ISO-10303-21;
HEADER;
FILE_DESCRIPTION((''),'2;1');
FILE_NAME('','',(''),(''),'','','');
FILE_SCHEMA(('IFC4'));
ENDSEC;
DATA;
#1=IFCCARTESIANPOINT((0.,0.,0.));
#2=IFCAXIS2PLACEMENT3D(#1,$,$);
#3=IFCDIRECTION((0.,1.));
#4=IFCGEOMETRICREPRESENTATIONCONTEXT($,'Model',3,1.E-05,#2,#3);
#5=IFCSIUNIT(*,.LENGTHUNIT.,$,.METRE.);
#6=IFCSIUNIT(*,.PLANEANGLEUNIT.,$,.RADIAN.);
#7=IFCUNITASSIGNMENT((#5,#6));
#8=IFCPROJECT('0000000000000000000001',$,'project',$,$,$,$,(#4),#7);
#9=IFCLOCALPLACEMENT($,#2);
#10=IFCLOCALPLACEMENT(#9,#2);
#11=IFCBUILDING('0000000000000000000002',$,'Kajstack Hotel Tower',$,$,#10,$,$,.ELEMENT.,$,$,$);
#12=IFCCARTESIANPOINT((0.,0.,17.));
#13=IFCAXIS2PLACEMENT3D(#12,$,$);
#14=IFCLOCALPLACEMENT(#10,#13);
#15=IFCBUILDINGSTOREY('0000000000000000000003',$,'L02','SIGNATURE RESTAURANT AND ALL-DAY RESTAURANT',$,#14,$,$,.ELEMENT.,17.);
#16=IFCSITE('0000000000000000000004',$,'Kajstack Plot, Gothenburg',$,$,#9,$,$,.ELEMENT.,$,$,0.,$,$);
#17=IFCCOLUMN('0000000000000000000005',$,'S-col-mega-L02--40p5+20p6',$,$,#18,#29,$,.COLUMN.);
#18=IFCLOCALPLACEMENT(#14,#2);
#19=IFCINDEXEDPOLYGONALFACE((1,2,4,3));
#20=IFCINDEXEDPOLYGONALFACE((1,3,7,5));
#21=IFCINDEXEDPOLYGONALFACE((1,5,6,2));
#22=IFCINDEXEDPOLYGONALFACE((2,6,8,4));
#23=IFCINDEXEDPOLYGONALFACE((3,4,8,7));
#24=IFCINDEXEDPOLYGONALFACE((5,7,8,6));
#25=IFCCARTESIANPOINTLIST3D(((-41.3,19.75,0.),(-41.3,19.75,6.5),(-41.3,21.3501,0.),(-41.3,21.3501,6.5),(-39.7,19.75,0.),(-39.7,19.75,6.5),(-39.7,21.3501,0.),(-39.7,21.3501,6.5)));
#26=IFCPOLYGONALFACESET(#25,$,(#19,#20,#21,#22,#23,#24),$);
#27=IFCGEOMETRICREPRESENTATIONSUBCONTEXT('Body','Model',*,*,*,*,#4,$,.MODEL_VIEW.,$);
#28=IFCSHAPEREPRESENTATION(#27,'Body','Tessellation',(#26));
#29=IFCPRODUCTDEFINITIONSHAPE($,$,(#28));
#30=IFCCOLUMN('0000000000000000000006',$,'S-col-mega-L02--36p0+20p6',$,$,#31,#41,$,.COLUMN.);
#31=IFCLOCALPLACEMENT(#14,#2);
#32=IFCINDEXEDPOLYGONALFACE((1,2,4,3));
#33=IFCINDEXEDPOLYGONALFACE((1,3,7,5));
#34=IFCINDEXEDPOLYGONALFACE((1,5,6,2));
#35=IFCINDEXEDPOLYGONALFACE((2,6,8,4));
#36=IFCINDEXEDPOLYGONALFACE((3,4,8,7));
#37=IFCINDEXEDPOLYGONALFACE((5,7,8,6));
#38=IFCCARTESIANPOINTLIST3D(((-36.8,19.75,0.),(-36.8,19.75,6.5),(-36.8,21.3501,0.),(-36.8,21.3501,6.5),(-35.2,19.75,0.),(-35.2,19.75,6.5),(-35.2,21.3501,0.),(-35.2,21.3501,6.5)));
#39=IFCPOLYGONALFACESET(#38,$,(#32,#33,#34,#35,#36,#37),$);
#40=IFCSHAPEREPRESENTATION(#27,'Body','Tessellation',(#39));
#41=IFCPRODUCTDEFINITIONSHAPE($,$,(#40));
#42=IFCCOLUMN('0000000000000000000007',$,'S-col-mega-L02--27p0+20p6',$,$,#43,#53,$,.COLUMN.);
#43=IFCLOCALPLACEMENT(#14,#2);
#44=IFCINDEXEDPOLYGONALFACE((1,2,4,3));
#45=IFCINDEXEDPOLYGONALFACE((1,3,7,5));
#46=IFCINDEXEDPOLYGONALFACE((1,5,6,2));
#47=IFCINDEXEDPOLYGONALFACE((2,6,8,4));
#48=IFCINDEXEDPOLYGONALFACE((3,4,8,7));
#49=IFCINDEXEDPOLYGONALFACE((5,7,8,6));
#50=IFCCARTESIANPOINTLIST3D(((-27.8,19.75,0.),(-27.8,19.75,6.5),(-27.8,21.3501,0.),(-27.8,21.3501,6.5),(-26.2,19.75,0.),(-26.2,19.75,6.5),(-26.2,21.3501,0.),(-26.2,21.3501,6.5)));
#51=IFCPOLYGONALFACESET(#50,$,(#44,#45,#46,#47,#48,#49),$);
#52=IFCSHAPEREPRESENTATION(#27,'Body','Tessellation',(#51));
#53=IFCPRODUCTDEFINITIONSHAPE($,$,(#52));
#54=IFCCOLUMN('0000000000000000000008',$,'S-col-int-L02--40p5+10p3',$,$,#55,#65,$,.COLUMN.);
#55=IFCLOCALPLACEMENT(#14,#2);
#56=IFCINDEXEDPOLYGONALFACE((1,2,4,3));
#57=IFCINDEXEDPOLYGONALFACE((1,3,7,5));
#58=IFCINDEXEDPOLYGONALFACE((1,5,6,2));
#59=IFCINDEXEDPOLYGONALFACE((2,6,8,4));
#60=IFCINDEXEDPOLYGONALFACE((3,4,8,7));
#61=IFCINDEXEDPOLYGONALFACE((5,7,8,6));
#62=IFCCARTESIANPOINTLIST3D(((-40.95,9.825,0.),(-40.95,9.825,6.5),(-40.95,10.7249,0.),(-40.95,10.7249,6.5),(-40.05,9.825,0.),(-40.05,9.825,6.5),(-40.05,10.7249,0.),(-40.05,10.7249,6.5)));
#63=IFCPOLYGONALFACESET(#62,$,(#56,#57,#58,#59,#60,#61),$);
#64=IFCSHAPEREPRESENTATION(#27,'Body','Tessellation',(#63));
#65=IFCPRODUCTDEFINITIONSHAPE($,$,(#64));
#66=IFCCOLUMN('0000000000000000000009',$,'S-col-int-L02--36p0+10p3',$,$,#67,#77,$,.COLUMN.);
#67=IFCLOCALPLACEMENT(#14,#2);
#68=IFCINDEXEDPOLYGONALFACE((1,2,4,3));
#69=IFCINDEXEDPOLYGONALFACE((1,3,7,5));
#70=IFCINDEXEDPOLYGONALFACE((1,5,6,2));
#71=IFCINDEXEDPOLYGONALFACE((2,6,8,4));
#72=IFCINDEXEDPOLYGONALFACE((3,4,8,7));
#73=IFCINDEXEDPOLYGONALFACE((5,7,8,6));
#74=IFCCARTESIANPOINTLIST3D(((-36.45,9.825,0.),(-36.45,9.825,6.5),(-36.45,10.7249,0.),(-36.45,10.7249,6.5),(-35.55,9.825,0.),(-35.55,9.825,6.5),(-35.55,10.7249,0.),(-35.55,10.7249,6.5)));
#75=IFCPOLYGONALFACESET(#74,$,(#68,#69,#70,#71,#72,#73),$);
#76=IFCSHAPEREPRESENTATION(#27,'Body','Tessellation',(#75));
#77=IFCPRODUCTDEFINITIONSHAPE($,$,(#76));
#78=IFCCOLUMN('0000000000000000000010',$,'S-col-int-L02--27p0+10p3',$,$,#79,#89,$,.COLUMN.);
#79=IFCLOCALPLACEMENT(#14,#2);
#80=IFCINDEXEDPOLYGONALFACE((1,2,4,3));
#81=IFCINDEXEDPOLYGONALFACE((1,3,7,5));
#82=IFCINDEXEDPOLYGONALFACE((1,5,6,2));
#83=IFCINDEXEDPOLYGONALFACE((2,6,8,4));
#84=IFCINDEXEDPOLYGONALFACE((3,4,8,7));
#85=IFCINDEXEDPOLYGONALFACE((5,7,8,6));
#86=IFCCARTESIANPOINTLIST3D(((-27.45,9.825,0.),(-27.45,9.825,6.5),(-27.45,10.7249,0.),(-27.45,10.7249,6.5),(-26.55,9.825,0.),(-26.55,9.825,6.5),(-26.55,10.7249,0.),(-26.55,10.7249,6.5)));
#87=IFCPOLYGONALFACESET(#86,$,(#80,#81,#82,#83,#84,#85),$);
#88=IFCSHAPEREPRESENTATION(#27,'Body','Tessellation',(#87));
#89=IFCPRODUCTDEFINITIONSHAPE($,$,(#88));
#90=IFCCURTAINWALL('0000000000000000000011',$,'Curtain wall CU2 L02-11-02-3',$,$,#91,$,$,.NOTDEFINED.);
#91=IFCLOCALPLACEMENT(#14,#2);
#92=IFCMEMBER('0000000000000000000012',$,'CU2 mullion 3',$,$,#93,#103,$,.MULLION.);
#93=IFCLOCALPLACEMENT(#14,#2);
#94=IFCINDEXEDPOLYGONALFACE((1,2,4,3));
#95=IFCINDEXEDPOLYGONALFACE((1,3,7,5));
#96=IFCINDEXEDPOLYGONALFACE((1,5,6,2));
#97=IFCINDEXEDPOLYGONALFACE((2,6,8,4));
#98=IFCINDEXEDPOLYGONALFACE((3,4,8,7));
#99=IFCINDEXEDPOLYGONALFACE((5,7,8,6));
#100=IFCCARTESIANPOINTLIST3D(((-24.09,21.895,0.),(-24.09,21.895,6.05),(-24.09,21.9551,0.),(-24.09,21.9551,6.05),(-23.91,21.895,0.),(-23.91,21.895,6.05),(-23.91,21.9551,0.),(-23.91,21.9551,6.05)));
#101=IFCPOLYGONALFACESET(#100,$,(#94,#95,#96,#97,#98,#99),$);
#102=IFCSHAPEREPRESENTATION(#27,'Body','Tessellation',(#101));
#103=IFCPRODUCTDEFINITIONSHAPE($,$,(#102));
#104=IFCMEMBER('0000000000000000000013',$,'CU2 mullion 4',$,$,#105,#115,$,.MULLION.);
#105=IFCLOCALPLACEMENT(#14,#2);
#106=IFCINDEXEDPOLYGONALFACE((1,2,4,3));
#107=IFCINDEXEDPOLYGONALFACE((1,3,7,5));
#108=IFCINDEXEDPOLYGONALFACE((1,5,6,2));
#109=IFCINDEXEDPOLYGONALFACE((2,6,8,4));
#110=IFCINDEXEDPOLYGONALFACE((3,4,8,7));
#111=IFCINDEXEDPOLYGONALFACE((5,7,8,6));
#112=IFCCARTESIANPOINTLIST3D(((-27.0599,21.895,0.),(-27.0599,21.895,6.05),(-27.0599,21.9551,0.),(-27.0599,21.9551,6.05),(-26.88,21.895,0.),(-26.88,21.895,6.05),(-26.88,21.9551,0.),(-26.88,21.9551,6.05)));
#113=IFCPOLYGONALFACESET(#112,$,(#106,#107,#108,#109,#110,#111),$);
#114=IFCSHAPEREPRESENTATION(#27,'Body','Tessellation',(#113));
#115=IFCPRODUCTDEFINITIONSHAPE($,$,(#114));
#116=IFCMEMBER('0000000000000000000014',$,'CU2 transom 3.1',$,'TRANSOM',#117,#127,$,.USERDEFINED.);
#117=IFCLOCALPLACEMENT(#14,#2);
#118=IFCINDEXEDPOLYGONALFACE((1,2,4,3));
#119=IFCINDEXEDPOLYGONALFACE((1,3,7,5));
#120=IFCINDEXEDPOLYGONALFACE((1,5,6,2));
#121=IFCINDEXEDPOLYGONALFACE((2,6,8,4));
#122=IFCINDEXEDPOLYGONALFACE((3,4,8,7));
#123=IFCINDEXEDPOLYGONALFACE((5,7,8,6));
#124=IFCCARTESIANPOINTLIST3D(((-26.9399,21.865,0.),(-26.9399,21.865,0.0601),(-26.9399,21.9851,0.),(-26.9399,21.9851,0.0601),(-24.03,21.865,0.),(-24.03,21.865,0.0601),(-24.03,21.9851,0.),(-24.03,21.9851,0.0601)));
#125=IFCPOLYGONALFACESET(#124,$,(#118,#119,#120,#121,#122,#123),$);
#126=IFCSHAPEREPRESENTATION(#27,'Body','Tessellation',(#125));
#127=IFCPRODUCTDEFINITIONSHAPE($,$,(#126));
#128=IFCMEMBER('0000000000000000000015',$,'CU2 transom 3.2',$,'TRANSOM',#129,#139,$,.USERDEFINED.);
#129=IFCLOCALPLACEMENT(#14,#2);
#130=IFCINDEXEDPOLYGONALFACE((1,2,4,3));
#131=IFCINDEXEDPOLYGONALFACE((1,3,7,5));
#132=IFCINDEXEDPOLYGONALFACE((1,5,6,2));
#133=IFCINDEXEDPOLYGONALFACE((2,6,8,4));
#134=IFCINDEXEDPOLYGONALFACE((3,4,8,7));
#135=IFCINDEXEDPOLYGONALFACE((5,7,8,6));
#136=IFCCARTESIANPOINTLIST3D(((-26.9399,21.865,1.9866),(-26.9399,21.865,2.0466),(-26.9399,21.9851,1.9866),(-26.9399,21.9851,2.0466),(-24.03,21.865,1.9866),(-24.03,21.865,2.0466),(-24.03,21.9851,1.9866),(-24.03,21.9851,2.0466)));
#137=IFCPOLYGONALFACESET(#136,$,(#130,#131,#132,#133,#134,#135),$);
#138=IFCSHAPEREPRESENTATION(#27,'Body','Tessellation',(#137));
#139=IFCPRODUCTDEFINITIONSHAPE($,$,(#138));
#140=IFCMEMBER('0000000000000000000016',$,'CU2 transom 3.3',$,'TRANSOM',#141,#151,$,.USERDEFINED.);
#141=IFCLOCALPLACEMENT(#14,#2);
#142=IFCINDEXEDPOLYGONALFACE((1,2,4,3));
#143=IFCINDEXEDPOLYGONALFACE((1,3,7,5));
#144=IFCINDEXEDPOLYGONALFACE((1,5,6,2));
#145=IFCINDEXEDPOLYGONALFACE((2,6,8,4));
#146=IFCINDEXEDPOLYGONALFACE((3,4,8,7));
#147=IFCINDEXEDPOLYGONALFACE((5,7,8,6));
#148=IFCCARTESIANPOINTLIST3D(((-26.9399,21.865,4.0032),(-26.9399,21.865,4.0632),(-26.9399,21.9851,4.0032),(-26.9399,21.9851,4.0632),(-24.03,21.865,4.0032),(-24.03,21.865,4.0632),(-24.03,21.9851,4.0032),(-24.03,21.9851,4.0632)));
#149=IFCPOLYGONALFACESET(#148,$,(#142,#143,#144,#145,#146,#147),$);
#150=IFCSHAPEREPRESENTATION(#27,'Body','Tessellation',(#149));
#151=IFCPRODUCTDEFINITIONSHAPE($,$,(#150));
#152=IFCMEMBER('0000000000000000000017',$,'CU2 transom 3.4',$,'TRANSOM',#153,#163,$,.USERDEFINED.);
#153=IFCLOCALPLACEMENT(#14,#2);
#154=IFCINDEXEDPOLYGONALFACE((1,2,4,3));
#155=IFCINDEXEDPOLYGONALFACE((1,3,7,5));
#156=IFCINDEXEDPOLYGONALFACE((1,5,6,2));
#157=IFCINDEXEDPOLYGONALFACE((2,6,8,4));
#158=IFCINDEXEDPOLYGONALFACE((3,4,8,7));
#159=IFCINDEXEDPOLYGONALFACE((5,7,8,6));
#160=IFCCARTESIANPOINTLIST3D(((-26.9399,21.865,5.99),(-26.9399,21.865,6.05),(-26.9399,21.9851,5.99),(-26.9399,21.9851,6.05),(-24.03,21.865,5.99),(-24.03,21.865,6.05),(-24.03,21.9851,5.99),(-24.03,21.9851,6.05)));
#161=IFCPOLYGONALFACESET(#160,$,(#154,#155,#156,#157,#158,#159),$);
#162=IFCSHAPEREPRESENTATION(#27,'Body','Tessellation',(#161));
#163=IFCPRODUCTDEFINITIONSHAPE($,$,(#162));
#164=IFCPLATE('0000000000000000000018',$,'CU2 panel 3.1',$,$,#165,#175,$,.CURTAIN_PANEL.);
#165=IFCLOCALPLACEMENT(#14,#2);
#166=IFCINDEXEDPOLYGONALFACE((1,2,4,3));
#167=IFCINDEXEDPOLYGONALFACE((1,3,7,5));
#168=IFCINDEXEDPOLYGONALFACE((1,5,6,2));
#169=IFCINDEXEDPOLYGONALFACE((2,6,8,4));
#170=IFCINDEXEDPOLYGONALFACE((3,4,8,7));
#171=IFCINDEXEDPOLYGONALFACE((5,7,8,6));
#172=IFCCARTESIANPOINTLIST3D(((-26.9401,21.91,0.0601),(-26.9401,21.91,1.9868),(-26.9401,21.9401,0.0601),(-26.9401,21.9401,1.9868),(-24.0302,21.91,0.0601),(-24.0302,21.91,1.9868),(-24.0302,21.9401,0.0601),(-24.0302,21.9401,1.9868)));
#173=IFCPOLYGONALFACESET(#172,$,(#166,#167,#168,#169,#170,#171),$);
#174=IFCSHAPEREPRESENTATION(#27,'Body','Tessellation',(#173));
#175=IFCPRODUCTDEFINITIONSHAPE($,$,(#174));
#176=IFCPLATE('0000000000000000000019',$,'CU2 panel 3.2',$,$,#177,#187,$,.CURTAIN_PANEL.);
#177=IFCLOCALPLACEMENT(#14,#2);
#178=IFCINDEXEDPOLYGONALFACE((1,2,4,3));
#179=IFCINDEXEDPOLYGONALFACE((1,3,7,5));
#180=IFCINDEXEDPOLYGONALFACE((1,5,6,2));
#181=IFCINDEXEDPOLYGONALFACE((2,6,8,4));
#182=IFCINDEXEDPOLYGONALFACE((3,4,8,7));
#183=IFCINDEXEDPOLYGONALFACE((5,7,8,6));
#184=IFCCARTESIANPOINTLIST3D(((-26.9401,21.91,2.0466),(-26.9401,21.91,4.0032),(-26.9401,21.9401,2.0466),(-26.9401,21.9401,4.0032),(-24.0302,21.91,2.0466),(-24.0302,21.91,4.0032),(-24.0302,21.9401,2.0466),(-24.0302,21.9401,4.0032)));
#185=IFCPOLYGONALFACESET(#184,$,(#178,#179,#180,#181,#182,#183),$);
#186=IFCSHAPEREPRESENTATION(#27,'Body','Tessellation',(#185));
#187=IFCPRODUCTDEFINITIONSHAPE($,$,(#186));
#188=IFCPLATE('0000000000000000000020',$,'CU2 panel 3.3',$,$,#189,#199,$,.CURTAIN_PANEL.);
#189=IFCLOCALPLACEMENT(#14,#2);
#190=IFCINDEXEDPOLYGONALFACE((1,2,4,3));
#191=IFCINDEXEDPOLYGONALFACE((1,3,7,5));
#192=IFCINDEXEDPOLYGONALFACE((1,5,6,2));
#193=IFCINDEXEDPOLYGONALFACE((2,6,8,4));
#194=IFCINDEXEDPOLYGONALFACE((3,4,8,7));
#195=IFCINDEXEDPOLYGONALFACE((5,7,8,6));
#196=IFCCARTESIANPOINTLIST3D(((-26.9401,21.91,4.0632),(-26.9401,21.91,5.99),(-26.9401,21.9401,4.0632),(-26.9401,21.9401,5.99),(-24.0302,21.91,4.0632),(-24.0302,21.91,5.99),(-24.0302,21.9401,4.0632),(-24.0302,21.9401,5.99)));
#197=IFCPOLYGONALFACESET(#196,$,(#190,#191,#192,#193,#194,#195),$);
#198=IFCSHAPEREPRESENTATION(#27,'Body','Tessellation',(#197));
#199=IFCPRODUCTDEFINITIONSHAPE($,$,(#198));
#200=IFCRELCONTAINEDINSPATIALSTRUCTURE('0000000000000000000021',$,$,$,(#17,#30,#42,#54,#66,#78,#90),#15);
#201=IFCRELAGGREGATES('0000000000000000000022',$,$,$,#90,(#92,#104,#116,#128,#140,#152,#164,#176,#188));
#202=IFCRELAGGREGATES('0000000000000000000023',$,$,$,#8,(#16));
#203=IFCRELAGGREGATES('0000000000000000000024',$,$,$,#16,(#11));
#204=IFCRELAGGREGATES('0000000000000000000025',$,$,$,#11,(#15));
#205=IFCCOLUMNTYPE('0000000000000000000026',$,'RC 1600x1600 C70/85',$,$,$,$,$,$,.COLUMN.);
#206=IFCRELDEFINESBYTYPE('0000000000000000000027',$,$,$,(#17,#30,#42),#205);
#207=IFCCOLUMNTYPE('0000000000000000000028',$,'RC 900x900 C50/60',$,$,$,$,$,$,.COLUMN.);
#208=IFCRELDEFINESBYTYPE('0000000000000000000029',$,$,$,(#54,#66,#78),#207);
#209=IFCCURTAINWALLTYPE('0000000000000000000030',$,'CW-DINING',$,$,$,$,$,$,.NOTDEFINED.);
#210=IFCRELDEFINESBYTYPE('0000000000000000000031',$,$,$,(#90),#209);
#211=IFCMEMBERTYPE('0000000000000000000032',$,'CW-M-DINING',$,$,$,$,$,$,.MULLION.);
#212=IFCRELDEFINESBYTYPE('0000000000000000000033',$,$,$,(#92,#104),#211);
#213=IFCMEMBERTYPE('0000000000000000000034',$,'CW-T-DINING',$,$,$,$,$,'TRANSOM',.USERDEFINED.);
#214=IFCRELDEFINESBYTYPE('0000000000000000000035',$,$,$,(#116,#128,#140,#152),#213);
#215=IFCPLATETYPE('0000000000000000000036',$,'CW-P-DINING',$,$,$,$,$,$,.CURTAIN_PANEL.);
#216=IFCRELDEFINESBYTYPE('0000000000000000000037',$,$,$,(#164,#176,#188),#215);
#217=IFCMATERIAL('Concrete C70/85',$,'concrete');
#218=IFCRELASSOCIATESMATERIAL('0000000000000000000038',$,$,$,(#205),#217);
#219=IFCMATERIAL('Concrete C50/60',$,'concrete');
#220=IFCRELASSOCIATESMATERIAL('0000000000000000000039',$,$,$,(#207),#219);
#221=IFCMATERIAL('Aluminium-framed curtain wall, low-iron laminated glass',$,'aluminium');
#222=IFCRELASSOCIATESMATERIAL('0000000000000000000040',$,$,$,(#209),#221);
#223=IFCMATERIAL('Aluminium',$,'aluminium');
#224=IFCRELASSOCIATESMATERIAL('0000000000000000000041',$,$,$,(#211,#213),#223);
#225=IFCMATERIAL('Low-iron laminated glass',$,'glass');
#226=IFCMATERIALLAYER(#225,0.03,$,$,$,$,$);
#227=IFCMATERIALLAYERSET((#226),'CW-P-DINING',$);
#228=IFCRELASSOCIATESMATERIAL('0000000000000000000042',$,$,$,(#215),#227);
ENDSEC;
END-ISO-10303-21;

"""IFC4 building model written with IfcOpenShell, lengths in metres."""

from ifc_helpers import new_model, si_unit, direction, frame, origin, origin_2d, place, context, subcontext, project, spatial, rectangle, extrude, material, layer, layer_set, material_profile, profile_set, type_object, element, aggregate, save


model = new_model("IFC4")

# Units and contexts
model_context = context("Model", 3, precision=1e-05, world=origin(), true_north=direction((0.0, 1.0)))
body_context = subcontext(model_context, "Body", "Model", "MODEL_VIEW")
ifc_project = project(units=[si_unit("LENGTHUNIT", "METRE"), si_unit("PLANEANGLEUNIT", "RADIAN")], contexts=[model_context])

# Site, building, storey
site_placement = place(None, origin())
site = spatial("IfcSite", under=ifc_project, at=site_placement, Name="Kajstack Plot, Gothenburg", CompositionType="ELEMENT", RefElevation=0.0)
building_placement = place(site_placement, origin())
building = spatial("IfcBuilding", under=site, at=building_placement, Name="Kajstack Hotel Tower", CompositionType="ELEMENT")
storey_placement = place(building_placement, frame((0.0, 0.0, 17.0)))
storey = spatial("IfcBuildingStorey", under=building, at=storey_placement, Name="L02", Description="SIGNATURE RESTAURANT AND ALL-DAY RESTAURANT", CompositionType="ELEMENT", Elevation=17.0)

# Columns
ifc_material_1 = material(Name="Concrete C70/85", Category="concrete")
ifc_material_profile_1 = material_profile(ifc_material_1, rectangle(XDim=1.6001, YDim=1.6001, at=origin_2d()), Name="RC 1600x1600")
ifc_profile_set_1 = profile_set([ifc_material_profile_1], Name="Concrete C70/85")
column_type_1 = type_object("IfcColumnType", Name="RC 1600x1600 C70/85", PredefinedType="COLUMN", material=ifc_profile_set_1)
for number, where, z_axis, x_axis, name in (
    (1, (-40.5, 20.55, 0.0), (0.0, 0.0, 1.0), (1.0, 0.0, 0.0), "S-col-mega-L02--40p5+20p6"),
    (2, (-36.0, 20.55, 0.0), (0.0, 0.0, 1.0), (1.0, 0.0, 0.0), "S-col-mega-L02--36p0+20p6"),
    (3, (-27.0, 20.55, 0.0), (0.0, 0.0, 1.0), (1.0, 0.0, 0.0), "S-col-mega-L02--27p0+20p6"),
):
    element("IfcColumn", number, at=place(storey_placement, frame(where, z_axis=z_axis, x_axis=x_axis)), inside=storey, type_object=column_type_1, Name=name, PredefinedType="COLUMN", context=body_context, shape_type="SweptSolid", body=[
        extrude(rectangle(XDim=1.6001, YDim=1.6001, at=origin_2d()), origin(), (0.0, 0.0, 1.0), 6.5),
    ])
ifc_material_2 = material(Name="Concrete C50/60", Category="concrete")
ifc_material_profile_2 = material_profile(ifc_material_2, rectangle(XDim=0.8999, YDim=0.8999, at=origin_2d()), Name="RC 900x900")
ifc_profile_set_2 = profile_set([ifc_material_profile_2], Name="Concrete C50/60")
column_type_2 = type_object("IfcColumnType", Name="RC 900x900 C50/60", PredefinedType="COLUMN", material=ifc_profile_set_2)
for number, where, z_axis, x_axis, name in (
    (4, (-40.5, 10.2749, 0.0), (0.0, 0.0, 1.0), (1.0, 0.0, 0.0), "S-col-int-L02--40p5+10p3"),
    (5, (-36.0, 10.2749, 0.0), (0.0, 0.0, 1.0), (1.0, 0.0, 0.0), "S-col-int-L02--36p0+10p3"),
    (6, (-27.0, 10.2749, 0.0), (0.0, 0.0, 1.0), (1.0, 0.0, 0.0), "S-col-int-L02--27p0+10p3"),
):
    element("IfcColumn", number, at=place(storey_placement, frame(where, z_axis=z_axis, x_axis=x_axis)), inside=storey, type_object=column_type_2, Name=name, PredefinedType="COLUMN", context=body_context, shape_type="SweptSolid", body=[
        extrude(rectangle(XDim=0.8999, YDim=0.8999, at=origin_2d()), origin(), (0.0, 0.0, 1.0), 6.5),
    ])

# Curtain wall, members, plates
ifc_material_3 = material(Name="Aluminium-framed curtain wall, low-iron laminated glass", Category="aluminium")
curtain_wall_type = type_object("IfcCurtainWallType", Name="CW-DINING", PredefinedType="NOTDEFINED", material=ifc_material_3)
curtain_wall_placement = place(storey_placement, origin())
curtain_wall = element("IfcCurtainWall", 7, at=curtain_wall_placement, inside=storey, type_object=curtain_wall_type, Name="Curtain wall CU2 L02-11-02-3", PredefinedType="NOTDEFINED")
ifc_material_4 = material(Name="Aluminium", Category="aluminium")
ifc_material_profile_3 = material_profile(ifc_material_4, rectangle(XDim=0.0601, YDim=0.1799, at=origin_2d()), Name="Aluminium mullion 60 x 180")
ifc_profile_set_3 = profile_set([ifc_material_profile_3], Name="Aluminium")
member_type_1 = type_object("IfcMemberType", Name="CW-M-DINING", PredefinedType="MULLION", material=ifc_profile_set_3)
member_1_placement = place(storey_placement, frame((-24.0, 21.925, 0.0), z_axis=(0.0, 0.0, 1.0), x_axis=(0.0, -1.0, 0.0)))
member_1 = element("IfcMember", 8, at=member_1_placement, type_object=member_type_1, Name="CU2 mullion 3", PredefinedType="MULLION", context=body_context, shape_type="SweptSolid", body=[
    extrude(rectangle(XDim=0.0601, YDim=0.1799, at=origin_2d()), origin(), (0.0, 0.0, 1.0), 6.05),
])
member_2_placement = place(storey_placement, frame((-26.97, 21.925, 0.0), z_axis=(0.0, 0.0, 1.0), x_axis=(0.0, -1.0, 0.0)))
member_2 = element("IfcMember", 9, at=member_2_placement, type_object=member_type_1, Name="CU2 mullion 4", PredefinedType="MULLION", context=body_context, shape_type="SweptSolid", body=[
    extrude(rectangle(XDim=0.0601, YDim=0.1799, at=origin_2d()), origin(), (0.0, 0.0, 1.0), 6.05),
])
ifc_material_profile_4 = material_profile(ifc_material_4, rectangle(XDim=0.1201, YDim=0.0601, at=origin_2d()), Name="Aluminium transom 120 x 60")
ifc_profile_set_4 = profile_set([ifc_material_profile_4], Name="Aluminium")
member_type_2 = type_object("IfcMemberType", Name="CW-T-DINING", ElementType="TRANSOM", PredefinedType="USERDEFINED", material=ifc_profile_set_4)
member_3_placement = place(storey_placement, frame((-24.03, 21.925, 0.03), z_axis=(-1.0, 0.0, 0.0), x_axis=(0.0, -1.0, 0.0)))
member_3 = element("IfcMember", 10, at=member_3_placement, type_object=member_type_2, Name="CU2 transom 3.1", ObjectType="TRANSOM", PredefinedType="USERDEFINED", context=body_context, shape_type="SweptSolid", body=[
    extrude(rectangle(XDim=0.1201, YDim=0.0601, at=origin_2d()), origin(), (0.0, 0.0, 1.0), 2.9099),
])
member_4_placement = place(storey_placement, frame((-24.03, 21.925, 2.0166), z_axis=(-1.0, 0.0, 0.0), x_axis=(0.0, -1.0, 0.0)))
member_4 = element("IfcMember", 11, at=member_4_placement, type_object=member_type_2, Name="CU2 transom 3.2", ObjectType="TRANSOM", PredefinedType="USERDEFINED", context=body_context, shape_type="SweptSolid", body=[
    extrude(rectangle(XDim=0.1201, YDim=0.0601, at=origin_2d()), origin(), (0.0, 0.0, 1.0), 2.9099),
])
member_5_placement = place(storey_placement, frame((-24.03, 21.925, 4.0332), z_axis=(-1.0, 0.0, 0.0), x_axis=(0.0, -1.0, 0.0)))
member_5 = element("IfcMember", 12, at=member_5_placement, type_object=member_type_2, Name="CU2 transom 3.3", ObjectType="TRANSOM", PredefinedType="USERDEFINED", context=body_context, shape_type="SweptSolid", body=[
    extrude(rectangle(XDim=0.1201, YDim=0.0601, at=origin_2d()), origin(), (0.0, 0.0, 1.0), 2.9099),
])
member_6_placement = place(storey_placement, frame((-24.03, 21.925, 6.02), z_axis=(-1.0, 0.0, 0.0), x_axis=(0.0, -1.0, 0.0)))
member_6 = element("IfcMember", 13, at=member_6_placement, type_object=member_type_2, Name="CU2 transom 3.4", ObjectType="TRANSOM", PredefinedType="USERDEFINED", context=body_context, shape_type="SweptSolid", body=[
    extrude(rectangle(XDim=0.1201, YDim=0.0601, at=origin_2d()), origin(), (0.0, 0.0, 1.0), 2.9099),
])
ifc_material_5 = material(Name="Low-iron laminated glass", Category="glass")
ifc_layer_1 = layer(ifc_material_5, 0.03)
ifc_layer_set_1 = layer_set([ifc_layer_1], Name="CW-P-DINING")
plate_type = type_object("IfcPlateType", Name="CW-P-DINING", PredefinedType="CURTAIN_PANEL", material=ifc_layer_set_1)
plate_1_placement = place(storey_placement, frame((-25.4851, 21.925, 0.0601), z_axis=(0.0, 0.0, 1.0), x_axis=(-1.0, 0.0, 0.0)))
plate_1 = element("IfcPlate", 14, at=plate_1_placement, type_object=plate_type, Name="CU2 panel 3.1", PredefinedType="CURTAIN_PANEL", context=body_context, shape_type="SweptSolid", body=[
    extrude(rectangle(XDim=2.9099, YDim=0.03, at=origin_2d()), origin(), (0.0, 0.0, 1.0), 1.9268),
])
plate_2_placement = place(storey_placement, frame((-25.4851, 21.925, 2.0466), z_axis=(0.0, 0.0, 1.0), x_axis=(-1.0, 0.0, 0.0)))
plate_2 = element("IfcPlate", 15, at=plate_2_placement, type_object=plate_type, Name="CU2 panel 3.2", PredefinedType="CURTAIN_PANEL", context=body_context, shape_type="SweptSolid", body=[
    extrude(rectangle(XDim=2.9099, YDim=0.03, at=origin_2d()), origin(), (0.0, 0.0, 1.0), 1.9565),
])
plate_3_placement = place(storey_placement, frame((-25.4851, 21.925, 4.0632), z_axis=(0.0, 0.0, 1.0), x_axis=(-1.0, 0.0, 0.0)))
plate_3 = element("IfcPlate", 16, at=plate_3_placement, type_object=plate_type, Name="CU2 panel 3.3", PredefinedType="CURTAIN_PANEL", context=body_context, shape_type="SweptSolid", body=[
    extrude(rectangle(XDim=2.9099, YDim=0.03, at=origin_2d()), origin(), (0.0, 0.0, 1.0), 1.9268),
])
aggregate(curtain_wall, [member_1, member_2, member_3, member_4, member_5, member_6, plate_1, plate_2, plate_3])

save(model, "model.ifc")
